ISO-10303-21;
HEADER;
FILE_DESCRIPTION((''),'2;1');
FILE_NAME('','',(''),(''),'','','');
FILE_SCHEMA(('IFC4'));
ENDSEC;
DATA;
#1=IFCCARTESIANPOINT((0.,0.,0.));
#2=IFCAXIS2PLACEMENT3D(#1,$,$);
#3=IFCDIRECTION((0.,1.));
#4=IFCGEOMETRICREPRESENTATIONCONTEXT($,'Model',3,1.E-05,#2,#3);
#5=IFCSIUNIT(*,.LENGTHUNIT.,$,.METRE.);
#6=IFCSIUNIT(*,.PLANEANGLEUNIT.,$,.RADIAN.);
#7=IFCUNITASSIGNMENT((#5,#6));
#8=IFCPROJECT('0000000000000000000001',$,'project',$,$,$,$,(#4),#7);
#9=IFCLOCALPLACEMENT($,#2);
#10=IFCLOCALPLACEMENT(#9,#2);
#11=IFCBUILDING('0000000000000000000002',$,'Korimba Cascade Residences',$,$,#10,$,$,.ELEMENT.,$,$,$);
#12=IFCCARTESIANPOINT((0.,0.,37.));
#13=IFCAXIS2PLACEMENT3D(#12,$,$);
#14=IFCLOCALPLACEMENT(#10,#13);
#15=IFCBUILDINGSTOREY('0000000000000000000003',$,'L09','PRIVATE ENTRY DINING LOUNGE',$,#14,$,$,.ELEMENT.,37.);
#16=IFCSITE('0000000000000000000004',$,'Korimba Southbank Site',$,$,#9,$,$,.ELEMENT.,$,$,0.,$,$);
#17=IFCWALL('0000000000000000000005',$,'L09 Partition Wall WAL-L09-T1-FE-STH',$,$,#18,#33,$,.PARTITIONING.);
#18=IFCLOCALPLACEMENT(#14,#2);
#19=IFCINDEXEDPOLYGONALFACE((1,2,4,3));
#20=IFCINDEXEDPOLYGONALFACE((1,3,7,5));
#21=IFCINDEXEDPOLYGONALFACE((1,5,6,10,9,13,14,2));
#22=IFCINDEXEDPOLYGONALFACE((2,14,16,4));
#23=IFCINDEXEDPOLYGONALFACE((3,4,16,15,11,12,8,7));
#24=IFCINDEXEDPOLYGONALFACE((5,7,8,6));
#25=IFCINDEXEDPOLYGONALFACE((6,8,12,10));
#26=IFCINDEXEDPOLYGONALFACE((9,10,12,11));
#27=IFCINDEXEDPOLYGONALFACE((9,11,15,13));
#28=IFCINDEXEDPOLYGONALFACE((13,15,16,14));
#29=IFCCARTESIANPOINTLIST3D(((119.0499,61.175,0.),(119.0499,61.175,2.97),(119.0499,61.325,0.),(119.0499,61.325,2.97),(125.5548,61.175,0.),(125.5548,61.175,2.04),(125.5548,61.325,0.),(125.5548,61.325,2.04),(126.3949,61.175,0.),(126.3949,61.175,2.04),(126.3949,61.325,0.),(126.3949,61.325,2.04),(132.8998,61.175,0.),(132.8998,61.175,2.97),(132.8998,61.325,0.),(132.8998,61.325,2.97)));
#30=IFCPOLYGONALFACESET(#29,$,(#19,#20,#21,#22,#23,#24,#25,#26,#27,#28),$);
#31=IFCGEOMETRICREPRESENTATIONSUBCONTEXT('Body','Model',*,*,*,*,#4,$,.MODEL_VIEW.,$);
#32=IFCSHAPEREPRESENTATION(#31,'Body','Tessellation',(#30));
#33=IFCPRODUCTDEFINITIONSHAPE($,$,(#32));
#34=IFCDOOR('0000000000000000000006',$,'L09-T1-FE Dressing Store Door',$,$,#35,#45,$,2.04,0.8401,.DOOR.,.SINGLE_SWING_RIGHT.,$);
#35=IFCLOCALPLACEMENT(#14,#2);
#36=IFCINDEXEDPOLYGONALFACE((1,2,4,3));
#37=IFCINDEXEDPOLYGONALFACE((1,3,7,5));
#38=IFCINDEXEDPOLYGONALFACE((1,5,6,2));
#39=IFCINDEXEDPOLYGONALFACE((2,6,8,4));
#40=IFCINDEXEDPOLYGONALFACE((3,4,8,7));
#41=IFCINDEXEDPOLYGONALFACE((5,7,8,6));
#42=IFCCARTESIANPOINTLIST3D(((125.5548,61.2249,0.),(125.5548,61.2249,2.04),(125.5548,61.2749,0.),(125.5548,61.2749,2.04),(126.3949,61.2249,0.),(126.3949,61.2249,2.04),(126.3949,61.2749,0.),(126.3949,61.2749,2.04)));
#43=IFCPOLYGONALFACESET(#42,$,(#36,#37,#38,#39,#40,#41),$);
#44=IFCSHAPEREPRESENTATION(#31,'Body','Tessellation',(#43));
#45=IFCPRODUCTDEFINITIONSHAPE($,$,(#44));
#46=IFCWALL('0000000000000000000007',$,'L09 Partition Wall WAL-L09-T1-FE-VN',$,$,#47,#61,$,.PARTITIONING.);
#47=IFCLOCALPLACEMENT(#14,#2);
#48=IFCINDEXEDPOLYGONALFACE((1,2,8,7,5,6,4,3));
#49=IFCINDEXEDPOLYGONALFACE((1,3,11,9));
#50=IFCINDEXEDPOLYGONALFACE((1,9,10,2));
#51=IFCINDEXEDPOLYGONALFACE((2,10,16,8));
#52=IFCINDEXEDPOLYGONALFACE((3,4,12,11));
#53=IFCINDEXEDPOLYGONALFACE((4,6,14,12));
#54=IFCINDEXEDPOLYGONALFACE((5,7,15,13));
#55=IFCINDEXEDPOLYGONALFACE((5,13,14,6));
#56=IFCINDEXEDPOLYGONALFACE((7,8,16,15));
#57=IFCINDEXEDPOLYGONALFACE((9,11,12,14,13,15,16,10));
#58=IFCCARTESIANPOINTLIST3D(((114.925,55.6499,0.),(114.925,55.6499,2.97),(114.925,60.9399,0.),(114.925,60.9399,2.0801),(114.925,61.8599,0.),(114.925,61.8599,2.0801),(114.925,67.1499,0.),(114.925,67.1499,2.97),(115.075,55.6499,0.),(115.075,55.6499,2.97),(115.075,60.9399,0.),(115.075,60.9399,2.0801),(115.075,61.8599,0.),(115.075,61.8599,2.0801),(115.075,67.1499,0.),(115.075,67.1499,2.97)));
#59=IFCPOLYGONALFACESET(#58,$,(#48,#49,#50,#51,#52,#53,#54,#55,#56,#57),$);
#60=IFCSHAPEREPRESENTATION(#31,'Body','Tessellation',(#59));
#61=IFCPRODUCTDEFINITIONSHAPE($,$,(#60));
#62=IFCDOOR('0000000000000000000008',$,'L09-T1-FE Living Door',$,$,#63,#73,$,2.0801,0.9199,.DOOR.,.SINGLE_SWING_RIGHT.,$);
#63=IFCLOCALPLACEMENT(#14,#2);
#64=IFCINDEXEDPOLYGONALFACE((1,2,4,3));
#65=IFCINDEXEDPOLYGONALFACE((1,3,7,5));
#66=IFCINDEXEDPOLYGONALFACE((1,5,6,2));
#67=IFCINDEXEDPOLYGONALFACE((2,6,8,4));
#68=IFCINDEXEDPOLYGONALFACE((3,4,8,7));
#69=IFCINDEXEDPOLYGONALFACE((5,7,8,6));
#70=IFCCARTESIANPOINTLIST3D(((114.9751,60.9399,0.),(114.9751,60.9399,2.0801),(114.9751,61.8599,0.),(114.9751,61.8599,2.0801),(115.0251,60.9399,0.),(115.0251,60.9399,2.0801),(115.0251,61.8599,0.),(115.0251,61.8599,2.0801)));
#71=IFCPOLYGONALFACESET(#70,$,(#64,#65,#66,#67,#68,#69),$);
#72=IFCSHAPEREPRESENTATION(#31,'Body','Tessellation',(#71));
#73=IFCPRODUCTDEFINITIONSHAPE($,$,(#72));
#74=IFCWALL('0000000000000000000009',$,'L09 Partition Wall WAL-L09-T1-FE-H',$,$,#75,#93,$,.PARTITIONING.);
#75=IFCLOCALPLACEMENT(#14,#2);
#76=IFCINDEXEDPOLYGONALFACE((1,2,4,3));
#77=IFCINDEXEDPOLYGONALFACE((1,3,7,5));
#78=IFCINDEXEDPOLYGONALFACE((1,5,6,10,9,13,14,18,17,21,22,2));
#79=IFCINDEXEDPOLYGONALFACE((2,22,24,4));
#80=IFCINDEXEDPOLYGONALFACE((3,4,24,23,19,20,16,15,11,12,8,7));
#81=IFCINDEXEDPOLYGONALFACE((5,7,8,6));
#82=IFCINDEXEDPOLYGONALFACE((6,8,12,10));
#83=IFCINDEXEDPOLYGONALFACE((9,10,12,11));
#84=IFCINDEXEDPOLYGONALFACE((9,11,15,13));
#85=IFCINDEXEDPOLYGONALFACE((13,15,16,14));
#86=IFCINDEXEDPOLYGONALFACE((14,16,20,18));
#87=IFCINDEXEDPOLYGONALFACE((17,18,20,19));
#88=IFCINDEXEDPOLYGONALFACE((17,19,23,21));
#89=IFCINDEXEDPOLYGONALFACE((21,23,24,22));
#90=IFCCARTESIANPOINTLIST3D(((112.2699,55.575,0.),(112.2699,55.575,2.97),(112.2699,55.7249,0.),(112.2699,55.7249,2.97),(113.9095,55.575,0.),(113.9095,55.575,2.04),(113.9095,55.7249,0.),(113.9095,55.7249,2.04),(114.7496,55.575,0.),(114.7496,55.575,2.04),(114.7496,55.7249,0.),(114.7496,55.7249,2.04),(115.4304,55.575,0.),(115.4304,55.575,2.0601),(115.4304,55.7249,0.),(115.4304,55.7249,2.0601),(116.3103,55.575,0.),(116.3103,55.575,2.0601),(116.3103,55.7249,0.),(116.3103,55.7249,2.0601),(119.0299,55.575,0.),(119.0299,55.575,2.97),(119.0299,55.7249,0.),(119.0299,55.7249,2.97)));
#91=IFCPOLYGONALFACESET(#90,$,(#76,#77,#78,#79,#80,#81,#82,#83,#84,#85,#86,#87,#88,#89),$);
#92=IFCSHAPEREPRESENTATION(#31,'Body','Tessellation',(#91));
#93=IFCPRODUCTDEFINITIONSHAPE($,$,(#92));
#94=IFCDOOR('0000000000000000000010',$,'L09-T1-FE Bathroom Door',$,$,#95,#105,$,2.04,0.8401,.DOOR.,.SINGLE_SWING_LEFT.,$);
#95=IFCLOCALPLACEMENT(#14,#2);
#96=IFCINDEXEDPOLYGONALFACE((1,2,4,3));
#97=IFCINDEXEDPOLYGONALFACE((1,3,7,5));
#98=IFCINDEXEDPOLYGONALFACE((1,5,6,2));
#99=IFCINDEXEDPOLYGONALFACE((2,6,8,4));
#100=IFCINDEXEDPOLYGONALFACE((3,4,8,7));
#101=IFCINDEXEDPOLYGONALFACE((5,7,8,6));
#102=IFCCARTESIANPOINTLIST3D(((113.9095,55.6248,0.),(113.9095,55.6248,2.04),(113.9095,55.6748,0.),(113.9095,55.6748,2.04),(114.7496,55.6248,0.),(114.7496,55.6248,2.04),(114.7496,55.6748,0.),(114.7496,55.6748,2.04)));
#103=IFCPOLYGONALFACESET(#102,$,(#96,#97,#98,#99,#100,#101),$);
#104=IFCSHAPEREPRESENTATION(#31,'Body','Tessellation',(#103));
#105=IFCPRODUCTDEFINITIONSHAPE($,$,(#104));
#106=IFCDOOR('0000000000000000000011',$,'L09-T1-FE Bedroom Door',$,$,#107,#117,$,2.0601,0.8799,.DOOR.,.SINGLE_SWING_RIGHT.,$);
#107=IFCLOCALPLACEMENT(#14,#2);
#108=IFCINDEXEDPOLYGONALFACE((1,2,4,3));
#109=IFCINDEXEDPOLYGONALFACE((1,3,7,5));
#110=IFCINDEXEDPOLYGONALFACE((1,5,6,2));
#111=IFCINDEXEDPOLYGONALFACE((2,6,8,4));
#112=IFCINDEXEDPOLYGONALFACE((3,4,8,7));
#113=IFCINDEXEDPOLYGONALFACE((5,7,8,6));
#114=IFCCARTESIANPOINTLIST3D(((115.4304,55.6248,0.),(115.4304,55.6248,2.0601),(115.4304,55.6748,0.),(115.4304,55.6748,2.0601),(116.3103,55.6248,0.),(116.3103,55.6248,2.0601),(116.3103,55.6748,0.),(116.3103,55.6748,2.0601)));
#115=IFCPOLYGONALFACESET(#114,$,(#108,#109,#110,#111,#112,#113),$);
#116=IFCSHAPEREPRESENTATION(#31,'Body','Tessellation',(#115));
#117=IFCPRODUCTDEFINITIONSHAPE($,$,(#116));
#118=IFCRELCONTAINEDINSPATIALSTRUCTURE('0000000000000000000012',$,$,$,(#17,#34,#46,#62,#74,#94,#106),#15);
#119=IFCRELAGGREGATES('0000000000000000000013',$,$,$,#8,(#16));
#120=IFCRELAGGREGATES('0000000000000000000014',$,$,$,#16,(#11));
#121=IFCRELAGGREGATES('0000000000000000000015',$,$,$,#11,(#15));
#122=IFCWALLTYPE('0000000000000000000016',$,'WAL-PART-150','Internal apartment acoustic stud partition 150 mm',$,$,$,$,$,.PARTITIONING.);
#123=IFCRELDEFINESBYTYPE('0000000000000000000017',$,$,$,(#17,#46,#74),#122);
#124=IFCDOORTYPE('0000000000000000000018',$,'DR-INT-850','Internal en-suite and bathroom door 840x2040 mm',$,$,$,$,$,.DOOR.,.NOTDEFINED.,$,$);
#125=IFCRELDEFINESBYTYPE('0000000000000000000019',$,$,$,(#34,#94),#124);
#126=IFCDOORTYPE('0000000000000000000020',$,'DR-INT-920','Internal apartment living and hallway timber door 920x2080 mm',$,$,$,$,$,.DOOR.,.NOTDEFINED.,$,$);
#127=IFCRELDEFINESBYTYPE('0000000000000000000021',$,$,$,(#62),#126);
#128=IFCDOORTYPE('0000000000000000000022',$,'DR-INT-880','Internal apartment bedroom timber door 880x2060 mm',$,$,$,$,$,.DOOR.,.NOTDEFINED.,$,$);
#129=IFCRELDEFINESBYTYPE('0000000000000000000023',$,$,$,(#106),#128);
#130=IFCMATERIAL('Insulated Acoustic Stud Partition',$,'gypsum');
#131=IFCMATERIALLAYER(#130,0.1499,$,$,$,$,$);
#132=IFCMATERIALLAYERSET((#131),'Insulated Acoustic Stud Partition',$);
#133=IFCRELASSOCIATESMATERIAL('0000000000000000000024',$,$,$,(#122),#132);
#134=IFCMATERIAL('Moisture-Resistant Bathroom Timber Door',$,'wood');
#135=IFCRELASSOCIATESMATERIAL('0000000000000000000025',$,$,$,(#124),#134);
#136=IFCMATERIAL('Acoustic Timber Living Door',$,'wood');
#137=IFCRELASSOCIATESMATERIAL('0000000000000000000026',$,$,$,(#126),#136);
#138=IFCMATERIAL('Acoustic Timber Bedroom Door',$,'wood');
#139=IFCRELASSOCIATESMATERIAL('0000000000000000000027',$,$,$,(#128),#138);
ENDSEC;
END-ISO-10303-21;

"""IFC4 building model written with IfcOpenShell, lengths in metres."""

from ifc_helpers import new_model, si_unit, direction, frame, frame_2d, origin, place, context, subcontext, project, spatial, rectangle, extrude, material, layer, layer_set, type_object, element, fill, save


model = new_model("IFC4")

# Units and contexts
model_context = context("Model", 3, precision=1e-05, world=origin(), true_north=direction((0.0, 1.0)))
body_context = subcontext(model_context, "Body", "Model", "MODEL_VIEW")
ifc_project = project(units=[si_unit("LENGTHUNIT", "METRE"), si_unit("PLANEANGLEUNIT", "RADIAN")], contexts=[model_context])

# Site, building, storey
site_placement = place(None, origin())
site = spatial("IfcSite", under=ifc_project, at=site_placement, Name="Korimba Southbank Site", CompositionType="ELEMENT", RefElevation=0.0)
building_placement = place(site_placement, origin())
building = spatial("IfcBuilding", under=site, at=building_placement, Name="Korimba Cascade Residences", CompositionType="ELEMENT")
storey_placement = place(building_placement, frame((0.0, 0.0, 37.0)))
storey = spatial("IfcBuildingStorey", under=building, at=storey_placement, Name="L09", Description="PRIVATE ENTRY DINING LOUNGE", CompositionType="ELEMENT", Elevation=37.0)

# Walls, openings, doors
ifc_material_1 = material(Name="Insulated Acoustic Stud Partition", Category="gypsum")
ifc_layer_1 = layer(ifc_material_1, 0.1499)
ifc_layer_set_1 = layer_set([ifc_layer_1], Name="Insulated Acoustic Stud Partition")
wall_type_1 = type_object("IfcWallType", Name="WAL-PART-150", Description="Internal apartment acoustic stud partition 150 mm", PredefinedType="PARTITIONING", material=ifc_layer_set_1)
wall_1_placement = place(storey_placement, frame((119.05, 61.25, 0.0), z_axis=(0.0, 0.0, 1.0), x_axis=(1.0, 0.0, 0.0)))
wall_1 = element("IfcWall", 1, at=wall_1_placement, inside=storey, type_object=wall_type_1, Name="L09 Partition Wall WAL-L09-T1-FE-STH", PredefinedType="PARTITIONING", context=body_context, shape_type="SweptSolid", body=[
    extrude(rectangle(XDim=13.8499, YDim=0.1499, at=frame_2d((6.9248, 0.0))), origin(), (0.0, 0.0, 1.0), 2.97),
])
opening_1_placement = place(wall_1_placement, frame((6.5049, 0.0, 0.0)))
opening_1 = element("IfcOpeningElement", 2, at=opening_1_placement, cuts=wall_1, PredefinedType="OPENING", context=body_context, shape_type="SweptSolid", body=[
    extrude(rectangle(XDim=0.8401, YDim=2.04, at=frame_2d((0.4199, 1.02))), frame((0.0, 0.085, 0.0), z_axis=(0.0, -1.0, 0.0), x_axis=(1.0, 0.0, 0.0)), (0.0, 0.0, 1.0), 0.1699),
])
ifc_material_2 = material(Name="Moisture-Resistant Bathroom Timber Door", Category="wood")
door_type_1 = type_object("IfcDoorType", Name="DR-INT-850", Description="Internal en-suite and bathroom door 840x2040 mm", OperationType="NOTDEFINED", PredefinedType="DOOR", material=ifc_material_2)
door_1_placement = place(opening_1_placement, origin())
door_1 = element("IfcDoor", 3, at=door_1_placement, inside=storey, type_object=door_type_1, Name="L09-T1-FE Dressing Store Door", OperationType="SINGLE_SWING_RIGHT", OverallHeight=2.04, OverallWidth=0.8401, PredefinedType="DOOR", context=body_context, shape_type="SweptSolid", body=[
    extrude(rectangle(XDim=0.8401, YDim=2.04, at=frame_2d((0.4199, 1.02))), frame((0.0, 0.0249, 0.0), z_axis=(0.0, -1.0, 0.0), x_axis=(1.0, 0.0, 0.0)), (0.0, 0.0, 1.0), 0.05),
])
fill(opening_1, door_1)
wall_2_placement = place(storey_placement, frame((115.0, 55.6499, 0.0), z_axis=(0.0, 0.0, 1.0), x_axis=(0.0, 1.0, 0.0)))
wall_2 = element("IfcWall", 4, at=wall_2_placement, inside=storey, type_object=wall_type_1, Name="L09 Partition Wall WAL-L09-T1-FE-VN", PredefinedType="PARTITIONING", context=body_context, shape_type="SweptSolid", body=[
    extrude(rectangle(XDim=11.5, YDim=0.1499, at=frame_2d((5.75, 0.0))), origin(), (0.0, 0.0, 1.0), 2.97),
])
opening_2_placement = place(wall_2_placement, frame((5.29, 0.0, 0.0)))
opening_2 = element("IfcOpeningElement", 5, at=opening_2_placement, cuts=wall_2, PredefinedType="OPENING", context=body_context, shape_type="SweptSolid", body=[
    extrude(rectangle(XDim=0.9199, YDim=2.0801, at=frame_2d((0.46, 1.04))), frame((0.0, 0.085, 0.0), z_axis=(0.0, -1.0, 0.0), x_axis=(1.0, 0.0, 0.0)), (0.0, 0.0, 1.0), 0.1699),
])
ifc_material_3 = material(Name="Acoustic Timber Living Door", Category="wood")
door_type_2 = type_object("IfcDoorType", Name="DR-INT-920", Description="Internal apartment living and hallway timber door 920x2080 mm", OperationType="NOTDEFINED", PredefinedType="DOOR", material=ifc_material_3)
door_2_placement = place(opening_2_placement, origin())
door_2 = element("IfcDoor", 6, at=door_2_placement, inside=storey, type_object=door_type_2, Name="L09-T1-FE Living Door", OperationType="SINGLE_SWING_RIGHT", OverallHeight=2.0801, OverallWidth=0.9199, PredefinedType="DOOR", context=body_context, shape_type="SweptSolid", body=[
    extrude(rectangle(XDim=0.9199, YDim=2.0801, at=frame_2d((0.46, 1.04))), frame((0.0, 0.0249, 0.0), z_axis=(0.0, -1.0, 0.0), x_axis=(1.0, 0.0, 0.0)), (0.0, 0.0, 1.0), 0.05),
])
fill(opening_2, door_2)

# Wall, openings, doors
wall_3_placement = place(storey_placement, frame((112.27, 55.6499, 0.0), z_axis=(0.0, 0.0, 1.0), x_axis=(1.0, 0.0, 0.0)))
wall_3 = element("IfcWall", 7, at=wall_3_placement, inside=storey, type_object=wall_type_1, Name="L09 Partition Wall WAL-L09-T1-FE-H", PredefinedType="PARTITIONING", context=body_context, shape_type="SweptSolid", body=[
    extrude(rectangle(XDim=6.76, YDim=0.1499, at=frame_2d((3.3799, 0.0))), origin(), (0.0, 0.0, 1.0), 2.97),
])
opening_3_placement = place(wall_3_placement, frame((1.6396, 0.0, 0.0)))
opening_3 = element("IfcOpeningElement", 8, at=opening_3_placement, cuts=wall_3, PredefinedType="OPENING", context=body_context, shape_type="SweptSolid", body=[
    extrude(rectangle(XDim=0.8401, YDim=2.04, at=frame_2d((0.4199, 1.02))), frame((0.0, 0.085, 0.0), z_axis=(0.0, -1.0, 0.0), x_axis=(1.0, 0.0, 0.0)), (0.0, 0.0, 1.0), 0.1699),
])
opening_4_placement = place(wall_3_placement, frame((3.1604, 0.0, 0.0)))
opening_4 = element("IfcOpeningElement", 9, at=opening_4_placement, cuts=wall_3, PredefinedType="OPENING", context=body_context, shape_type="SweptSolid", body=[
    extrude(rectangle(XDim=0.8799, YDim=2.0601, at=frame_2d((0.4399, 1.03))), frame((0.0, 0.085, 0.0), z_axis=(0.0, -1.0, 0.0), x_axis=(1.0, 0.0, 0.0)), (0.0, 0.0, 1.0), 0.1699),
])
door_3_placement = place(opening_3_placement, origin())
door_3 = element("IfcDoor", 10, at=door_3_placement, inside=storey, type_object=door_type_1, Name="L09-T1-FE Bathroom Door", OperationType="SINGLE_SWING_LEFT", OverallHeight=2.04, OverallWidth=0.8401, PredefinedType="DOOR", context=body_context, shape_type="SweptSolid", body=[
    extrude(rectangle(XDim=0.8401, YDim=2.04, at=frame_2d((0.4199, 1.02))), frame((0.0, 0.0249, 0.0), z_axis=(0.0, -1.0, 0.0), x_axis=(1.0, 0.0, 0.0)), (0.0, 0.0, 1.0), 0.05),
])
fill(opening_3, door_3)
ifc_material_4 = material(Name="Acoustic Timber Bedroom Door", Category="wood")
door_type_3 = type_object("IfcDoorType", Name="DR-INT-880", Description="Internal apartment bedroom timber door 880x2060 mm", OperationType="NOTDEFINED", PredefinedType="DOOR", material=ifc_material_4)
door_4_placement = place(opening_4_placement, origin())
door_4 = element("IfcDoor", 11, at=door_4_placement, inside=storey, type_object=door_type_3, Name="L09-T1-FE Bedroom Door", OperationType="SINGLE_SWING_RIGHT", OverallHeight=2.0601, OverallWidth=0.8799, PredefinedType="DOOR", context=body_context, shape_type="SweptSolid", body=[
    extrude(rectangle(XDim=0.8799, YDim=2.0601, at=frame_2d((0.4399, 1.03))), frame((0.0, 0.0249, 0.0), z_axis=(0.0, -1.0, 0.0), x_axis=(1.0, 0.0, 0.0)), (0.0, 0.0, 1.0), 0.05),
])
fill(opening_4, door_4)

save(model, "model.ifc")
